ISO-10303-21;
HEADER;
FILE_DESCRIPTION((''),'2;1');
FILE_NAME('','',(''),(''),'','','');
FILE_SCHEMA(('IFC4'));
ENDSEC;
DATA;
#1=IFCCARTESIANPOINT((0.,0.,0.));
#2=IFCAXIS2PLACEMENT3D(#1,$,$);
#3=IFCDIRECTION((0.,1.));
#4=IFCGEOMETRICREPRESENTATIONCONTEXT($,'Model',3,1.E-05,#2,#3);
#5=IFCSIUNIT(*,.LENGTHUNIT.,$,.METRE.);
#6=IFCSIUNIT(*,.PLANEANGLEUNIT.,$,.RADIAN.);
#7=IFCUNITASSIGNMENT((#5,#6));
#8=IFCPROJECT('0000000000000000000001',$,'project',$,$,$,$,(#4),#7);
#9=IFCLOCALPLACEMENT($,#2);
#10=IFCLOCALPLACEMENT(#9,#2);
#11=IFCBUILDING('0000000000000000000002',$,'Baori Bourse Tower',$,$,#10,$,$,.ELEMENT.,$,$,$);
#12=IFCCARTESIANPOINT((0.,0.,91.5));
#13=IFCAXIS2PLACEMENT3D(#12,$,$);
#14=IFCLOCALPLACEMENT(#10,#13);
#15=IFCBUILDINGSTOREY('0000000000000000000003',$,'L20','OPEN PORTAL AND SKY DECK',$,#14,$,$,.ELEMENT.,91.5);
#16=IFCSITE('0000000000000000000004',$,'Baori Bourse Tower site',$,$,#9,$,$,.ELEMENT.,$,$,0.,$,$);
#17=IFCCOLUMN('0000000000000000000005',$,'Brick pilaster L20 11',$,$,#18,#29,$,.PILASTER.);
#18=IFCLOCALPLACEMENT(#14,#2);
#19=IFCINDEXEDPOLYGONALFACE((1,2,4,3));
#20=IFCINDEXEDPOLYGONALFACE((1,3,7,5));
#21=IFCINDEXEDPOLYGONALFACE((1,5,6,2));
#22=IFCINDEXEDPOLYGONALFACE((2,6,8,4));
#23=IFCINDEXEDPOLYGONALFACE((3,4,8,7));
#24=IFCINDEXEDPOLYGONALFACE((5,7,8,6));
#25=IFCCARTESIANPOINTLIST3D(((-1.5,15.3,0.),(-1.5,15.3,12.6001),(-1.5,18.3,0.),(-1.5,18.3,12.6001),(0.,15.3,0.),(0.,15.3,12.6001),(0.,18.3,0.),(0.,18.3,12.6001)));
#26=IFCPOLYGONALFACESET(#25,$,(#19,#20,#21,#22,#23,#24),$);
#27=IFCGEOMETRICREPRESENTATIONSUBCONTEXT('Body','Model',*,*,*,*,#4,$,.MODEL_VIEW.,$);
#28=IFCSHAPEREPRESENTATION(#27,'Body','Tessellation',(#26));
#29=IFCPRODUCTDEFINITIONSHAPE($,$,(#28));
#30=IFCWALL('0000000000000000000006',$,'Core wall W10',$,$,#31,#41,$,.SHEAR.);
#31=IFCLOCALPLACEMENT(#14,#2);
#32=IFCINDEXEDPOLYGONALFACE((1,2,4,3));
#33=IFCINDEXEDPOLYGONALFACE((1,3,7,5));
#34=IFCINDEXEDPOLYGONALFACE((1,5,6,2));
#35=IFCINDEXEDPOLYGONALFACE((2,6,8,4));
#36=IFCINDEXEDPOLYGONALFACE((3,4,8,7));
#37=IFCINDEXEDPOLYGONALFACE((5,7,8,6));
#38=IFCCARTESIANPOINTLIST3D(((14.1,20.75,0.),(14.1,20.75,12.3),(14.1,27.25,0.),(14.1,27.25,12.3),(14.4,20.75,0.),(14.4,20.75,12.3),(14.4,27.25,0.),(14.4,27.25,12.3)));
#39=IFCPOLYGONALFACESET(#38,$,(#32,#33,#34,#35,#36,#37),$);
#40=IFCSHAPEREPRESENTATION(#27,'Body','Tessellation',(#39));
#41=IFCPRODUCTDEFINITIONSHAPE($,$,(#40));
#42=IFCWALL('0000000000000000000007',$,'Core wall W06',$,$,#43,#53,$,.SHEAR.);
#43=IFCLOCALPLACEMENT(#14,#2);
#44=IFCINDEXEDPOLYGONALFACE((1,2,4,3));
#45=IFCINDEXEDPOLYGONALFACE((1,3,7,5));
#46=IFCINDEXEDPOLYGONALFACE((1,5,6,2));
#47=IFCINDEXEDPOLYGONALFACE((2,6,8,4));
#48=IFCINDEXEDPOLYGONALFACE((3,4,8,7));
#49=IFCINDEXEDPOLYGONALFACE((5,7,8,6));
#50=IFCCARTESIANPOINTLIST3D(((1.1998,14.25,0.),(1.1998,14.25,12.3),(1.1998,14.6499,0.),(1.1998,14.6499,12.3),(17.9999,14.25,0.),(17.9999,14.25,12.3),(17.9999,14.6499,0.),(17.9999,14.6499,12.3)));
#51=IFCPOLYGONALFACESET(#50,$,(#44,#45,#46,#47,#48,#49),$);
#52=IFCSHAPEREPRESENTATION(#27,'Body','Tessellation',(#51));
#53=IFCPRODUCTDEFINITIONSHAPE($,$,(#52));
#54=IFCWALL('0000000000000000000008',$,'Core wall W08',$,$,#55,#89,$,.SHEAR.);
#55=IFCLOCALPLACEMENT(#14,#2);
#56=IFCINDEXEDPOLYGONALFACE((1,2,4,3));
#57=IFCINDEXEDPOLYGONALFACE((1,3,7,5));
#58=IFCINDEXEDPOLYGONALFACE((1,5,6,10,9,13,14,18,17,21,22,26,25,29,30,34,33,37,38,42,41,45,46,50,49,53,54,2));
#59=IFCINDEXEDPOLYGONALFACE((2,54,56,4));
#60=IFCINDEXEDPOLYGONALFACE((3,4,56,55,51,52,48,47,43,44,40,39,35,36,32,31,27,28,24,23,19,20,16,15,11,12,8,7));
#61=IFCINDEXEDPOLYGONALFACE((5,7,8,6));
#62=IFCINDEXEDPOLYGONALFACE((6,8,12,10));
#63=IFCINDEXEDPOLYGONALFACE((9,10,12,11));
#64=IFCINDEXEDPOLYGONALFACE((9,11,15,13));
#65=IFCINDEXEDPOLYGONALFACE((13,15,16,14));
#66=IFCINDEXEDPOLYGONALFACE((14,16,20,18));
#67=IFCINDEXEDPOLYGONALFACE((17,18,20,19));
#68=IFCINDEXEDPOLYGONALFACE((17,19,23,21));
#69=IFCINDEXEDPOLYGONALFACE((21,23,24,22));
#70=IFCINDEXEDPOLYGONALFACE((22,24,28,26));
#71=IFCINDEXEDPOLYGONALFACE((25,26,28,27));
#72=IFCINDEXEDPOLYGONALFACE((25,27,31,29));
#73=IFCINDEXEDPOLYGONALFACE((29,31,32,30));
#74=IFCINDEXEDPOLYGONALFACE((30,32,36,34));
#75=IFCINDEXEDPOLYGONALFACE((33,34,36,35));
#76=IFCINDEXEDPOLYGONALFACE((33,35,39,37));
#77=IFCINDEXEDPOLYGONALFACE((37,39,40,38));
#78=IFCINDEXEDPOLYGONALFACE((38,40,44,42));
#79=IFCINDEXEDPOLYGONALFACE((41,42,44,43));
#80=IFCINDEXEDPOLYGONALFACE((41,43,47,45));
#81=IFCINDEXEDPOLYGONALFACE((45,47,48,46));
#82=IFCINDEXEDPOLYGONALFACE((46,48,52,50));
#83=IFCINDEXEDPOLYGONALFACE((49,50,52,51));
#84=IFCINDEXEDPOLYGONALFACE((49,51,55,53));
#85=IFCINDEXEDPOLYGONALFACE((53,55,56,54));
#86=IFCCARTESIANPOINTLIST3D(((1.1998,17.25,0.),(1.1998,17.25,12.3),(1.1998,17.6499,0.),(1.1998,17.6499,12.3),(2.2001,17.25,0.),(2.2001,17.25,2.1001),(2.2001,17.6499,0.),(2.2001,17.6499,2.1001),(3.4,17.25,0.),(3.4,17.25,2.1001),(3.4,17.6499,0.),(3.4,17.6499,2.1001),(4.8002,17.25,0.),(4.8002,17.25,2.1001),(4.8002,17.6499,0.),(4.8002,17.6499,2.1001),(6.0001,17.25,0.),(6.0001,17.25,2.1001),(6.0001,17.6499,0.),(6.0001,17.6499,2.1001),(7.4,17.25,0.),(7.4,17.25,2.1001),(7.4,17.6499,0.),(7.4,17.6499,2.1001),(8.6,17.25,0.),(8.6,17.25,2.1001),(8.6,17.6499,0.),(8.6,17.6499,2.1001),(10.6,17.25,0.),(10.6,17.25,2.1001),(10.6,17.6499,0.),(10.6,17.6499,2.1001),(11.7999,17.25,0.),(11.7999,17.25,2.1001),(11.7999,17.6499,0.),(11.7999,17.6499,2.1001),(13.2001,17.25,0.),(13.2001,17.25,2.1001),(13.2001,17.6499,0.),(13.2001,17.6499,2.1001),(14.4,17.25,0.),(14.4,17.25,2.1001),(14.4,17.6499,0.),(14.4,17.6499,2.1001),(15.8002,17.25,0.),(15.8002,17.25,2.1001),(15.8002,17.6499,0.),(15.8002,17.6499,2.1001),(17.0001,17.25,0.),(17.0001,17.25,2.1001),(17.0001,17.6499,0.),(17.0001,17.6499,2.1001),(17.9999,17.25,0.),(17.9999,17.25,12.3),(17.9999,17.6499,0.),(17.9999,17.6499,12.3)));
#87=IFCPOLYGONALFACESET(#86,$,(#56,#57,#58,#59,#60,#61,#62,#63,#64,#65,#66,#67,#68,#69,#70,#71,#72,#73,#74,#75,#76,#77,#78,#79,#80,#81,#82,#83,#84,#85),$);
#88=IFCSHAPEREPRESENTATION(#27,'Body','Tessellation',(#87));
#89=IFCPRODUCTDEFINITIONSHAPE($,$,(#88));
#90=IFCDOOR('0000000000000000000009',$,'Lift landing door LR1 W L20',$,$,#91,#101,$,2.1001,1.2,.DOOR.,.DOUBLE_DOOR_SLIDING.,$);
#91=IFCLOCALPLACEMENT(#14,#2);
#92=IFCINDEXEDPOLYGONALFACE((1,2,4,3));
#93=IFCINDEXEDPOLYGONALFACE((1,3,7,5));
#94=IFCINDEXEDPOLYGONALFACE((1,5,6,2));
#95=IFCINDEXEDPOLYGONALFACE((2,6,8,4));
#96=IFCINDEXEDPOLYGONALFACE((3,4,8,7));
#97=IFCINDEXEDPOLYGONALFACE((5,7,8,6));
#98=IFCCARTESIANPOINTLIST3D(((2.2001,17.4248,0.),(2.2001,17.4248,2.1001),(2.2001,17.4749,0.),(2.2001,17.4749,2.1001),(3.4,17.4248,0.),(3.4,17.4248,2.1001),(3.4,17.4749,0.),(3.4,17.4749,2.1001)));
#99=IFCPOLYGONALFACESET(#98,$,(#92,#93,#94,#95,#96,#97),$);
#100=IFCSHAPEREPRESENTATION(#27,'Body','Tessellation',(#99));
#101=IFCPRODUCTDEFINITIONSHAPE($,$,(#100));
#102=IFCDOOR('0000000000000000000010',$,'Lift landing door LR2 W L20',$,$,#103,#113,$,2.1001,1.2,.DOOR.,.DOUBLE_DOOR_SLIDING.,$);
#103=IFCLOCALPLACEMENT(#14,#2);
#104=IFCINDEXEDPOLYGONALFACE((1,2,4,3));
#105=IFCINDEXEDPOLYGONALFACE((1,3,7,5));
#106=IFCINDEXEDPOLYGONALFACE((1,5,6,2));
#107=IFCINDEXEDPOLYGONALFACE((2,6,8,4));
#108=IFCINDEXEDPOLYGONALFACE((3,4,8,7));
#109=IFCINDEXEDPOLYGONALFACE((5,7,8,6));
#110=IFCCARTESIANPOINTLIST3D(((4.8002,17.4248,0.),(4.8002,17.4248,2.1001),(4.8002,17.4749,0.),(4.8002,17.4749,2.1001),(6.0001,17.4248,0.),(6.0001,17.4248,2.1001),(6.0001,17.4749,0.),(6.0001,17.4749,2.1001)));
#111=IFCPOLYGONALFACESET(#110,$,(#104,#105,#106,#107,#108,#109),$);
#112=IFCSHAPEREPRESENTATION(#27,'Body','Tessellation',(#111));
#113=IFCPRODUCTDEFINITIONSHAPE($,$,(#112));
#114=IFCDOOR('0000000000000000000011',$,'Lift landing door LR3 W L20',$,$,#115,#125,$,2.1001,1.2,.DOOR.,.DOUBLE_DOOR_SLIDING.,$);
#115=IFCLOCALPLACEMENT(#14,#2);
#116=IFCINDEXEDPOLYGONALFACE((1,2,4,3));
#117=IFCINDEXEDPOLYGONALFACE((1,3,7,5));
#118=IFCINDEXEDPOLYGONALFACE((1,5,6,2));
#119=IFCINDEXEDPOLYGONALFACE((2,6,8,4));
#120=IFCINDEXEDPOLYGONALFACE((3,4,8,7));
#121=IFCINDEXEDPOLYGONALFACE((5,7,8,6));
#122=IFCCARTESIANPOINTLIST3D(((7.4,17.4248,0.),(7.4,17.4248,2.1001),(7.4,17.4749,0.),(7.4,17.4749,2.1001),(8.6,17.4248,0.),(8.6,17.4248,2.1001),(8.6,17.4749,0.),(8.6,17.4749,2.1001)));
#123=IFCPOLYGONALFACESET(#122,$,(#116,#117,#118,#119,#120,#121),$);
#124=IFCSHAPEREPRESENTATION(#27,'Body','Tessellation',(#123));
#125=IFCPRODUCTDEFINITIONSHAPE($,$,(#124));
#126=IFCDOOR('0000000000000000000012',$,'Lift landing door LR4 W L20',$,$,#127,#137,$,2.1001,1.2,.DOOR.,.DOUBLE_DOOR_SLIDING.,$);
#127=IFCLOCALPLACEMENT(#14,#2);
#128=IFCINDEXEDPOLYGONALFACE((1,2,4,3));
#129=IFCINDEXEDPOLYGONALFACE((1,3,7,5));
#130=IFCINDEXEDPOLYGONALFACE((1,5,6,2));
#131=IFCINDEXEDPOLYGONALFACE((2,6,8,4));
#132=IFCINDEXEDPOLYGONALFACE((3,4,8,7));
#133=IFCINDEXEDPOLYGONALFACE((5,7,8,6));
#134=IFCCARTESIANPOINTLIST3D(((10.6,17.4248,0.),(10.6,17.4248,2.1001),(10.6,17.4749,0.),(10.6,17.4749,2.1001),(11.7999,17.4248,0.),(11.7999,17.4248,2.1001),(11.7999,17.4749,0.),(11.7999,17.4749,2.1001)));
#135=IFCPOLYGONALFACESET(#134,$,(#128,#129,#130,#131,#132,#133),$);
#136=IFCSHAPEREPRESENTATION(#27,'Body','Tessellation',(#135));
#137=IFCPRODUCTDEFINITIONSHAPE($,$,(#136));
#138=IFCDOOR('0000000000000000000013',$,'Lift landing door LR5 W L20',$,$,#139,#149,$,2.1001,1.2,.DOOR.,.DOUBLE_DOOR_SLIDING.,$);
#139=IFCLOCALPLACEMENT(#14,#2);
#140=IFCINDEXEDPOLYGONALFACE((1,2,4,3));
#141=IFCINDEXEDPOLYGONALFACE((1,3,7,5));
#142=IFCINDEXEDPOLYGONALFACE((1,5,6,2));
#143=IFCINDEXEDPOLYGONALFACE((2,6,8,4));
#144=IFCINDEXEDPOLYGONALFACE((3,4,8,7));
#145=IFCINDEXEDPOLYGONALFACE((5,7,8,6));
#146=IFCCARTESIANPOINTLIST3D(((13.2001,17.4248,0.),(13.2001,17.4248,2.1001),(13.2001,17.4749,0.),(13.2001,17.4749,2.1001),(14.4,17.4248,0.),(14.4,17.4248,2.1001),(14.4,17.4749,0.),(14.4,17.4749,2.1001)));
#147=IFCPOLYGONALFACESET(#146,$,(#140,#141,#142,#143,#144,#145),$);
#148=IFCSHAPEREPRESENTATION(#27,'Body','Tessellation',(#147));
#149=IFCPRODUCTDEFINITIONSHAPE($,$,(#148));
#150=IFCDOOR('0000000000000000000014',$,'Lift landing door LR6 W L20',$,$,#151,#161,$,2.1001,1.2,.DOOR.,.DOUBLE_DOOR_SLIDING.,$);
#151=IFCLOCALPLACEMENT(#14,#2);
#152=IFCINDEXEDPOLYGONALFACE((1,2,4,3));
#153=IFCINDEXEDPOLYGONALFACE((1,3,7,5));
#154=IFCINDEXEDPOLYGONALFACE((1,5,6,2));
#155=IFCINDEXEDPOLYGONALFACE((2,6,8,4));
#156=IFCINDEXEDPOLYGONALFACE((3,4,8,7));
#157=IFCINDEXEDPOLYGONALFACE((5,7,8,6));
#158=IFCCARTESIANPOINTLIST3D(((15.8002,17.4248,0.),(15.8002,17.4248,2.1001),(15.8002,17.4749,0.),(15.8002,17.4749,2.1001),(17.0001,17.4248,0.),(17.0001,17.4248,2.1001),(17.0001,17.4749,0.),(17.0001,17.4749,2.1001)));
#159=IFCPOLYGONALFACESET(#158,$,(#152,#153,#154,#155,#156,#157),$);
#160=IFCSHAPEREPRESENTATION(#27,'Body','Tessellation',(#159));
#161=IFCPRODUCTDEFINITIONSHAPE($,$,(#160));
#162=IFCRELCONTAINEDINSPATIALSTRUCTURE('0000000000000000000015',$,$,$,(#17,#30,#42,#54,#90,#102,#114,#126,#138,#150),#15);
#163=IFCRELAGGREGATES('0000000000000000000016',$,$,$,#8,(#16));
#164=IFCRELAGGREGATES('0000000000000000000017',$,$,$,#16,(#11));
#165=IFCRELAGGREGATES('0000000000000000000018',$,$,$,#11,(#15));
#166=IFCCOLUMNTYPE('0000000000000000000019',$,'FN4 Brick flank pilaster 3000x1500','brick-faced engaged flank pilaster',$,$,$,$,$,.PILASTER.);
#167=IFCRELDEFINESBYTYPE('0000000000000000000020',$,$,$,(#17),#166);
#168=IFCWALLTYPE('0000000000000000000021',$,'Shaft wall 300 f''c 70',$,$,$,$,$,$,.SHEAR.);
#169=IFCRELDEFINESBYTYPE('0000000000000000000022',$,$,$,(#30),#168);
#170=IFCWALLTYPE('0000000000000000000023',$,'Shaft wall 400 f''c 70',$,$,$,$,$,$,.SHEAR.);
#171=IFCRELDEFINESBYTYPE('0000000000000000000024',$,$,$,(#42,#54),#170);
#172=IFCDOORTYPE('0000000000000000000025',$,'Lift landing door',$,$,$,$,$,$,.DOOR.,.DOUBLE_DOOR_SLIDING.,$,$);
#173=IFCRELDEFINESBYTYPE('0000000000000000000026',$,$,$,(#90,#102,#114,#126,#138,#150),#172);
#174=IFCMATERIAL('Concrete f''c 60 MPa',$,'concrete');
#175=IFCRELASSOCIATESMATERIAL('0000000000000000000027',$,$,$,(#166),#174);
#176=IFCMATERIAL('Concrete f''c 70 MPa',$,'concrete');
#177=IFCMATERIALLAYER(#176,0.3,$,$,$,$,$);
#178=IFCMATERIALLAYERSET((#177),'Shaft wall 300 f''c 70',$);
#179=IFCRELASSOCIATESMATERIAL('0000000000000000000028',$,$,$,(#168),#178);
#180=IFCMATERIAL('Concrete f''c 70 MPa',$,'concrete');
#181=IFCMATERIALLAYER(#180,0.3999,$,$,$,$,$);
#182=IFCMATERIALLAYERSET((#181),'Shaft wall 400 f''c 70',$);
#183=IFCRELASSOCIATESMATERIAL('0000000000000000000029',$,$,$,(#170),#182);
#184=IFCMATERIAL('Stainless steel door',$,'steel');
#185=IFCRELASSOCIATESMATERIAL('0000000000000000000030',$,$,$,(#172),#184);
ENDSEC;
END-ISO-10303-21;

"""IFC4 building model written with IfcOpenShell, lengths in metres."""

from ifc_helpers import new_model, si_unit, direction, frame, frame_2d, origin, origin_2d, place, context, subcontext, project, spatial, rectangle, extrude, material, layer, layer_set, material_profile, profile_set, type_object, element, fill, save


model = new_model("IFC4")

# Units and contexts
model_context = context("Model", 3, precision=1e-05, world=origin(), true_north=direction((0.0, 1.0)))
body_context = subcontext(model_context, "Body", "Model", "MODEL_VIEW")
ifc_project = project(units=[si_unit("LENGTHUNIT", "METRE"), si_unit("PLANEANGLEUNIT", "RADIAN")], contexts=[model_context])

# Site, building, storey
site_placement = place(None, origin())
site = spatial("IfcSite", under=ifc_project, at=site_placement, Name="Baori Bourse Tower site", CompositionType="ELEMENT", RefElevation=0.0)
building_placement = place(site_placement, origin())
building = spatial("IfcBuilding", under=site, at=building_placement, Name="Baori Bourse Tower", CompositionType="ELEMENT")
storey_placement = place(building_placement, frame((0.0, 0.0, 91.5)))
storey = spatial("IfcBuildingStorey", under=building, at=storey_placement, Name="L20", Description="OPEN PORTAL AND SKY DECK", CompositionType="ELEMENT", Elevation=91.5)

# Column
ifc_material_1 = material(Name="Concrete f'c 60 MPa", Category="concrete")
ifc_material_profile = material_profile(ifc_material_1, rectangle(XDim=3.0, YDim=1.5, at=origin_2d()), Name="RC 3000x1500")
ifc_profile_set = profile_set([ifc_material_profile], Name="Concrete f'c 60 MPa")
column_type = type_object("IfcColumnType", Name="FN4 Brick flank pilaster 3000x1500", Description="brick-faced engaged flank pilaster", PredefinedType="PILASTER", material=ifc_profile_set)
column_placement = place(storey_placement, frame((-0.75, 16.8, 0.0), z_axis=(0.0, 0.0, 1.0), x_axis=(0.0, 1.0, 0.0)))
element("IfcColumn", 1, at=column_placement, inside=storey, type_object=column_type, Name="Brick pilaster L20 11", PredefinedType="PILASTER", context=body_context, shape_type="SweptSolid", body=[
    extrude(rectangle(XDim=3.0, YDim=1.5, at=origin_2d()), origin(), (0.0, 0.0, 1.0), 12.6001),
])

# Walls
ifc_material_2 = material(Name="Concrete f'c 70 MPa", Category="concrete")
ifc_layer_1 = layer(ifc_material_2, 0.3)
ifc_layer_set_1 = layer_set([ifc_layer_1], Name="Shaft wall 300 f'c 70")
wall_type_1 = type_object("IfcWallType", Name="Shaft wall 300 f'c 70", PredefinedType="SHEAR", material=ifc_layer_set_1)
wall_1_placement = place(storey_placement, frame((14.25, 20.75, 0.0), z_axis=(0.0, 0.0, 1.0), x_axis=(0.0, 1.0, 0.0)))
element("IfcWall", 2, at=wall_1_placement, inside=storey, type_object=wall_type_1, Name="Core wall W10", PredefinedType="SHEAR", context=body_context, shape_type="SweptSolid", body=[
    extrude(rectangle(XDim=6.5, YDim=0.3, at=frame_2d((3.25, 0.0))), origin(), (0.0, 0.0, 1.0), 12.3),
])
ifc_material_3 = material(Name="Concrete f'c 70 MPa", Category="concrete")
ifc_layer_2 = layer(ifc_material_3, 0.3999)
ifc_layer_set_2 = layer_set([ifc_layer_2], Name="Shaft wall 400 f'c 70")
wall_type_2 = type_object("IfcWallType", Name="Shaft wall 400 f'c 70", PredefinedType="SHEAR", material=ifc_layer_set_2)
wall_2_placement = place(storey_placement, frame((1.2, 14.45, 0.0), z_axis=(0.0, 0.0, 1.0), x_axis=(1.0, 0.0, 0.0)))
element("IfcWall", 3, at=wall_2_placement, inside=storey, type_object=wall_type_2, Name="Core wall W06", PredefinedType="SHEAR", context=body_context, shape_type="SweptSolid", body=[
    extrude(rectangle(XDim=16.8, YDim=0.3999, at=frame_2d((8.3999, 0.0))), origin(), (0.0, 0.0, 1.0), 12.3),
])

# Wall, openings, doors
wall_3_placement = place(storey_placement, frame((1.2, 17.45, 0.0), z_axis=(0.0, 0.0, 1.0), x_axis=(1.0, 0.0, 0.0)))
wall_3 = element("IfcWall", 4, at=wall_3_placement, inside=storey, type_object=wall_type_2, Name="Core wall W08", PredefinedType="SHEAR", context=body_context, shape_type="SweptSolid", body=[
    extrude(rectangle(XDim=16.8, YDim=0.3999, at=frame_2d((8.3999, 0.0))), origin(), (0.0, 0.0, 1.0), 12.3),
])
opening_1_placement = place(wall_3_placement, frame((1.0, 0.0, 0.0)))
opening_1 = element("IfcOpeningElement", 5, at=opening_1_placement, cuts=wall_3, PredefinedType="OPENING", context=body_context, shape_type="SweptSolid", body=[
    extrude(rectangle(XDim=1.2, YDim=2.1001, at=frame_2d((0.6001, 1.05))), frame((0.0, 0.21, 0.0), z_axis=(0.0, -1.0, 0.0), x_axis=(1.0, 0.0, 0.0)), (0.0, 0.0, 1.0), 0.4199),
])
opening_2_placement = place(wall_3_placement, frame((3.6001, 0.0, 0.0)))
opening_2 = element("IfcOpeningElement", 6, at=opening_2_placement, cuts=wall_3, PredefinedType="OPENING", context=body_context, shape_type="SweptSolid", body=[
    extrude(rectangle(XDim=1.2, YDim=2.1001, at=frame_2d((0.6001, 1.05))), frame((0.0, 0.21, 0.0), z_axis=(0.0, -1.0, 0.0), x_axis=(1.0, 0.0, 0.0)), (0.0, 0.0, 1.0), 0.4199),
])
opening_3_placement = place(wall_3_placement, frame((6.2, 0.0, 0.0)))
opening_3 = element("IfcOpeningElement", 7, at=opening_3_placement, cuts=wall_3, PredefinedType="OPENING", context=body_context, shape_type="SweptSolid", body=[
    extrude(rectangle(XDim=1.2, YDim=2.1001, at=frame_2d((0.6001, 1.05))), frame((0.0, 0.21, 0.0), z_axis=(0.0, -1.0, 0.0), x_axis=(1.0, 0.0, 0.0)), (0.0, 0.0, 1.0), 0.4199),
])
opening_4_placement = place(wall_3_placement, frame((9.3999, 0.0, 0.0)))
opening_4 = element("IfcOpeningElement", 8, at=opening_4_placement, cuts=wall_3, PredefinedType="OPENING", context=body_context, shape_type="SweptSolid", body=[
    extrude(rectangle(XDim=1.2, YDim=2.1001, at=frame_2d((0.6001, 1.05))), frame((0.0, 0.21, 0.0), z_axis=(0.0, -1.0, 0.0), x_axis=(1.0, 0.0, 0.0)), (0.0, 0.0, 1.0), 0.4199),
])
opening_5_placement = place(wall_3_placement, frame((12.0, 0.0, 0.0)))
opening_5 = element("IfcOpeningElement", 9, at=opening_5_placement, cuts=wall_3, PredefinedType="OPENING", context=body_context, shape_type="SweptSolid", body=[
    extrude(rectangle(XDim=1.2, YDim=2.1001, at=frame_2d((0.6001, 1.05))), frame((0.0, 0.21, 0.0), z_axis=(0.0, -1.0, 0.0), x_axis=(1.0, 0.0, 0.0)), (0.0, 0.0, 1.0), 0.4199),
])
opening_6_placement = place(wall_3_placement, frame((14.6001, 0.0, 0.0)))
opening_6 = element("IfcOpeningElement", 10, at=opening_6_placement, cuts=wall_3, PredefinedType="OPENING", context=body_context, shape_type="SweptSolid", body=[
    extrude(rectangle(XDim=1.2, YDim=2.1001, at=frame_2d((0.6001, 1.05))), frame((0.0, 0.21, 0.0), z_axis=(0.0, -1.0, 0.0), x_axis=(1.0, 0.0, 0.0)), (0.0, 0.0, 1.0), 0.4199),
])
ifc_material_4 = material(Name="Stainless steel door", Category="steel")
door_type = type_object("IfcDoorType", Name="Lift landing door", OperationType="DOUBLE_DOOR_SLIDING", PredefinedType="DOOR", material=ifc_material_4)
door_1_placement = place(opening_1_placement, origin())
door_1 = element("IfcDoor", 11, at=door_1_placement, inside=storey, type_object=door_type, Name="Lift landing door LR1 W L20", OperationType="DOUBLE_DOOR_SLIDING", OverallHeight=2.1001, OverallWidth=1.2, PredefinedType="DOOR", context=body_context, shape_type="SweptSolid", body=[
    extrude(rectangle(XDim=1.2, YDim=2.1001, at=frame_2d((0.6001, 1.05))), frame((0.0, 0.0249, 0.0), z_axis=(0.0, -1.0, 0.0), x_axis=(1.0, 0.0, 0.0)), (0.0, 0.0, 1.0), 0.05),
])
fill(opening_1, door_1)
door_2_placement = place(opening_2_placement, origin())
door_2 = element("IfcDoor", 12, at=door_2_placement, inside=storey, type_object=door_type, Name="Lift landing door LR2 W L20", OperationType="DOUBLE_DOOR_SLIDING", OverallHeight=2.1001, OverallWidth=1.2, PredefinedType="DOOR", context=body_context, shape_type="SweptSolid", body=[
    extrude(rectangle(XDim=1.2, YDim=2.1001, at=frame_2d((0.6001, 1.05))), frame((0.0, 0.0249, 0.0), z_axis=(0.0, -1.0, 0.0), x_axis=(1.0, 0.0, 0.0)), (0.0, 0.0, 1.0), 0.05),
])
fill(opening_2, door_2)
door_3_placement = place(opening_3_placement, origin())
door_3 = element("IfcDoor", 13, at=door_3_placement, inside=storey, type_object=door_type, Name="Lift landing door LR3 W L20", OperationType="DOUBLE_DOOR_SLIDING", OverallHeight=2.1001, OverallWidth=1.2, PredefinedType="DOOR", context=body_context, shape_type="SweptSolid", body=[
    extrude(rectangle(XDim=1.2, YDim=2.1001, at=frame_2d((0.6001, 1.05))), frame((0.0, 0.0249, 0.0), z_axis=(0.0, -1.0, 0.0), x_axis=(1.0, 0.0, 0.0)), (0.0, 0.0, 1.0), 0.05),
])
fill(opening_3, door_3)
door_4_placement = place(opening_4_placement, origin())
door_4 = element("IfcDoor", 14, at=door_4_placement, inside=storey, type_object=door_type, Name="Lift landing door LR4 W L20", OperationType="DOUBLE_DOOR_SLIDING", OverallHeight=2.1001, OverallWidth=1.2, PredefinedType="DOOR", context=body_context, shape_type="SweptSolid", body=[
    extrude(rectangle(XDim=1.2, YDim=2.1001, at=frame_2d((0.6001, 1.05))), frame((0.0, 0.0249, 0.0), z_axis=(0.0, -1.0, 0.0), x_axis=(1.0, 0.0, 0.0)), (0.0, 0.0, 1.0), 0.05),
])
fill(opening_4, door_4)
door_5_placement = place(opening_5_placement, origin())
door_5 = element("IfcDoor", 15, at=door_5_placement, inside=storey, type_object=door_type, Name="Lift landing door LR5 W L20", OperationType="DOUBLE_DOOR_SLIDING", OverallHeight=2.1001, OverallWidth=1.2, PredefinedType="DOOR", context=body_context, shape_type="SweptSolid", body=[
    extrude(rectangle(XDim=1.2, YDim=2.1001, at=frame_2d((0.6001, 1.05))), frame((0.0, 0.0249, 0.0), z_axis=(0.0, -1.0, 0.0), x_axis=(1.0, 0.0, 0.0)), (0.0, 0.0, 1.0), 0.05),
])
fill(opening_5, door_5)
door_6_placement = place(opening_6_placement, origin())
door_6 = element("IfcDoor", 16, at=door_6_placement, inside=storey, type_object=door_type, Name="Lift landing door LR6 W L20", OperationType="DOUBLE_DOOR_SLIDING", OverallHeight=2.1001, OverallWidth=1.2, PredefinedType="DOOR", context=body_context, shape_type="SweptSolid", body=[
    extrude(rectangle(XDim=1.2, YDim=2.1001, at=frame_2d((0.6001, 1.05))), frame((0.0, 0.0249, 0.0), z_axis=(0.0, -1.0, 0.0), x_axis=(1.0, 0.0, 0.0)), (0.0, 0.0, 1.0), 0.05),
])
fill(opening_6, door_6)

save(model, "model.ifc")
